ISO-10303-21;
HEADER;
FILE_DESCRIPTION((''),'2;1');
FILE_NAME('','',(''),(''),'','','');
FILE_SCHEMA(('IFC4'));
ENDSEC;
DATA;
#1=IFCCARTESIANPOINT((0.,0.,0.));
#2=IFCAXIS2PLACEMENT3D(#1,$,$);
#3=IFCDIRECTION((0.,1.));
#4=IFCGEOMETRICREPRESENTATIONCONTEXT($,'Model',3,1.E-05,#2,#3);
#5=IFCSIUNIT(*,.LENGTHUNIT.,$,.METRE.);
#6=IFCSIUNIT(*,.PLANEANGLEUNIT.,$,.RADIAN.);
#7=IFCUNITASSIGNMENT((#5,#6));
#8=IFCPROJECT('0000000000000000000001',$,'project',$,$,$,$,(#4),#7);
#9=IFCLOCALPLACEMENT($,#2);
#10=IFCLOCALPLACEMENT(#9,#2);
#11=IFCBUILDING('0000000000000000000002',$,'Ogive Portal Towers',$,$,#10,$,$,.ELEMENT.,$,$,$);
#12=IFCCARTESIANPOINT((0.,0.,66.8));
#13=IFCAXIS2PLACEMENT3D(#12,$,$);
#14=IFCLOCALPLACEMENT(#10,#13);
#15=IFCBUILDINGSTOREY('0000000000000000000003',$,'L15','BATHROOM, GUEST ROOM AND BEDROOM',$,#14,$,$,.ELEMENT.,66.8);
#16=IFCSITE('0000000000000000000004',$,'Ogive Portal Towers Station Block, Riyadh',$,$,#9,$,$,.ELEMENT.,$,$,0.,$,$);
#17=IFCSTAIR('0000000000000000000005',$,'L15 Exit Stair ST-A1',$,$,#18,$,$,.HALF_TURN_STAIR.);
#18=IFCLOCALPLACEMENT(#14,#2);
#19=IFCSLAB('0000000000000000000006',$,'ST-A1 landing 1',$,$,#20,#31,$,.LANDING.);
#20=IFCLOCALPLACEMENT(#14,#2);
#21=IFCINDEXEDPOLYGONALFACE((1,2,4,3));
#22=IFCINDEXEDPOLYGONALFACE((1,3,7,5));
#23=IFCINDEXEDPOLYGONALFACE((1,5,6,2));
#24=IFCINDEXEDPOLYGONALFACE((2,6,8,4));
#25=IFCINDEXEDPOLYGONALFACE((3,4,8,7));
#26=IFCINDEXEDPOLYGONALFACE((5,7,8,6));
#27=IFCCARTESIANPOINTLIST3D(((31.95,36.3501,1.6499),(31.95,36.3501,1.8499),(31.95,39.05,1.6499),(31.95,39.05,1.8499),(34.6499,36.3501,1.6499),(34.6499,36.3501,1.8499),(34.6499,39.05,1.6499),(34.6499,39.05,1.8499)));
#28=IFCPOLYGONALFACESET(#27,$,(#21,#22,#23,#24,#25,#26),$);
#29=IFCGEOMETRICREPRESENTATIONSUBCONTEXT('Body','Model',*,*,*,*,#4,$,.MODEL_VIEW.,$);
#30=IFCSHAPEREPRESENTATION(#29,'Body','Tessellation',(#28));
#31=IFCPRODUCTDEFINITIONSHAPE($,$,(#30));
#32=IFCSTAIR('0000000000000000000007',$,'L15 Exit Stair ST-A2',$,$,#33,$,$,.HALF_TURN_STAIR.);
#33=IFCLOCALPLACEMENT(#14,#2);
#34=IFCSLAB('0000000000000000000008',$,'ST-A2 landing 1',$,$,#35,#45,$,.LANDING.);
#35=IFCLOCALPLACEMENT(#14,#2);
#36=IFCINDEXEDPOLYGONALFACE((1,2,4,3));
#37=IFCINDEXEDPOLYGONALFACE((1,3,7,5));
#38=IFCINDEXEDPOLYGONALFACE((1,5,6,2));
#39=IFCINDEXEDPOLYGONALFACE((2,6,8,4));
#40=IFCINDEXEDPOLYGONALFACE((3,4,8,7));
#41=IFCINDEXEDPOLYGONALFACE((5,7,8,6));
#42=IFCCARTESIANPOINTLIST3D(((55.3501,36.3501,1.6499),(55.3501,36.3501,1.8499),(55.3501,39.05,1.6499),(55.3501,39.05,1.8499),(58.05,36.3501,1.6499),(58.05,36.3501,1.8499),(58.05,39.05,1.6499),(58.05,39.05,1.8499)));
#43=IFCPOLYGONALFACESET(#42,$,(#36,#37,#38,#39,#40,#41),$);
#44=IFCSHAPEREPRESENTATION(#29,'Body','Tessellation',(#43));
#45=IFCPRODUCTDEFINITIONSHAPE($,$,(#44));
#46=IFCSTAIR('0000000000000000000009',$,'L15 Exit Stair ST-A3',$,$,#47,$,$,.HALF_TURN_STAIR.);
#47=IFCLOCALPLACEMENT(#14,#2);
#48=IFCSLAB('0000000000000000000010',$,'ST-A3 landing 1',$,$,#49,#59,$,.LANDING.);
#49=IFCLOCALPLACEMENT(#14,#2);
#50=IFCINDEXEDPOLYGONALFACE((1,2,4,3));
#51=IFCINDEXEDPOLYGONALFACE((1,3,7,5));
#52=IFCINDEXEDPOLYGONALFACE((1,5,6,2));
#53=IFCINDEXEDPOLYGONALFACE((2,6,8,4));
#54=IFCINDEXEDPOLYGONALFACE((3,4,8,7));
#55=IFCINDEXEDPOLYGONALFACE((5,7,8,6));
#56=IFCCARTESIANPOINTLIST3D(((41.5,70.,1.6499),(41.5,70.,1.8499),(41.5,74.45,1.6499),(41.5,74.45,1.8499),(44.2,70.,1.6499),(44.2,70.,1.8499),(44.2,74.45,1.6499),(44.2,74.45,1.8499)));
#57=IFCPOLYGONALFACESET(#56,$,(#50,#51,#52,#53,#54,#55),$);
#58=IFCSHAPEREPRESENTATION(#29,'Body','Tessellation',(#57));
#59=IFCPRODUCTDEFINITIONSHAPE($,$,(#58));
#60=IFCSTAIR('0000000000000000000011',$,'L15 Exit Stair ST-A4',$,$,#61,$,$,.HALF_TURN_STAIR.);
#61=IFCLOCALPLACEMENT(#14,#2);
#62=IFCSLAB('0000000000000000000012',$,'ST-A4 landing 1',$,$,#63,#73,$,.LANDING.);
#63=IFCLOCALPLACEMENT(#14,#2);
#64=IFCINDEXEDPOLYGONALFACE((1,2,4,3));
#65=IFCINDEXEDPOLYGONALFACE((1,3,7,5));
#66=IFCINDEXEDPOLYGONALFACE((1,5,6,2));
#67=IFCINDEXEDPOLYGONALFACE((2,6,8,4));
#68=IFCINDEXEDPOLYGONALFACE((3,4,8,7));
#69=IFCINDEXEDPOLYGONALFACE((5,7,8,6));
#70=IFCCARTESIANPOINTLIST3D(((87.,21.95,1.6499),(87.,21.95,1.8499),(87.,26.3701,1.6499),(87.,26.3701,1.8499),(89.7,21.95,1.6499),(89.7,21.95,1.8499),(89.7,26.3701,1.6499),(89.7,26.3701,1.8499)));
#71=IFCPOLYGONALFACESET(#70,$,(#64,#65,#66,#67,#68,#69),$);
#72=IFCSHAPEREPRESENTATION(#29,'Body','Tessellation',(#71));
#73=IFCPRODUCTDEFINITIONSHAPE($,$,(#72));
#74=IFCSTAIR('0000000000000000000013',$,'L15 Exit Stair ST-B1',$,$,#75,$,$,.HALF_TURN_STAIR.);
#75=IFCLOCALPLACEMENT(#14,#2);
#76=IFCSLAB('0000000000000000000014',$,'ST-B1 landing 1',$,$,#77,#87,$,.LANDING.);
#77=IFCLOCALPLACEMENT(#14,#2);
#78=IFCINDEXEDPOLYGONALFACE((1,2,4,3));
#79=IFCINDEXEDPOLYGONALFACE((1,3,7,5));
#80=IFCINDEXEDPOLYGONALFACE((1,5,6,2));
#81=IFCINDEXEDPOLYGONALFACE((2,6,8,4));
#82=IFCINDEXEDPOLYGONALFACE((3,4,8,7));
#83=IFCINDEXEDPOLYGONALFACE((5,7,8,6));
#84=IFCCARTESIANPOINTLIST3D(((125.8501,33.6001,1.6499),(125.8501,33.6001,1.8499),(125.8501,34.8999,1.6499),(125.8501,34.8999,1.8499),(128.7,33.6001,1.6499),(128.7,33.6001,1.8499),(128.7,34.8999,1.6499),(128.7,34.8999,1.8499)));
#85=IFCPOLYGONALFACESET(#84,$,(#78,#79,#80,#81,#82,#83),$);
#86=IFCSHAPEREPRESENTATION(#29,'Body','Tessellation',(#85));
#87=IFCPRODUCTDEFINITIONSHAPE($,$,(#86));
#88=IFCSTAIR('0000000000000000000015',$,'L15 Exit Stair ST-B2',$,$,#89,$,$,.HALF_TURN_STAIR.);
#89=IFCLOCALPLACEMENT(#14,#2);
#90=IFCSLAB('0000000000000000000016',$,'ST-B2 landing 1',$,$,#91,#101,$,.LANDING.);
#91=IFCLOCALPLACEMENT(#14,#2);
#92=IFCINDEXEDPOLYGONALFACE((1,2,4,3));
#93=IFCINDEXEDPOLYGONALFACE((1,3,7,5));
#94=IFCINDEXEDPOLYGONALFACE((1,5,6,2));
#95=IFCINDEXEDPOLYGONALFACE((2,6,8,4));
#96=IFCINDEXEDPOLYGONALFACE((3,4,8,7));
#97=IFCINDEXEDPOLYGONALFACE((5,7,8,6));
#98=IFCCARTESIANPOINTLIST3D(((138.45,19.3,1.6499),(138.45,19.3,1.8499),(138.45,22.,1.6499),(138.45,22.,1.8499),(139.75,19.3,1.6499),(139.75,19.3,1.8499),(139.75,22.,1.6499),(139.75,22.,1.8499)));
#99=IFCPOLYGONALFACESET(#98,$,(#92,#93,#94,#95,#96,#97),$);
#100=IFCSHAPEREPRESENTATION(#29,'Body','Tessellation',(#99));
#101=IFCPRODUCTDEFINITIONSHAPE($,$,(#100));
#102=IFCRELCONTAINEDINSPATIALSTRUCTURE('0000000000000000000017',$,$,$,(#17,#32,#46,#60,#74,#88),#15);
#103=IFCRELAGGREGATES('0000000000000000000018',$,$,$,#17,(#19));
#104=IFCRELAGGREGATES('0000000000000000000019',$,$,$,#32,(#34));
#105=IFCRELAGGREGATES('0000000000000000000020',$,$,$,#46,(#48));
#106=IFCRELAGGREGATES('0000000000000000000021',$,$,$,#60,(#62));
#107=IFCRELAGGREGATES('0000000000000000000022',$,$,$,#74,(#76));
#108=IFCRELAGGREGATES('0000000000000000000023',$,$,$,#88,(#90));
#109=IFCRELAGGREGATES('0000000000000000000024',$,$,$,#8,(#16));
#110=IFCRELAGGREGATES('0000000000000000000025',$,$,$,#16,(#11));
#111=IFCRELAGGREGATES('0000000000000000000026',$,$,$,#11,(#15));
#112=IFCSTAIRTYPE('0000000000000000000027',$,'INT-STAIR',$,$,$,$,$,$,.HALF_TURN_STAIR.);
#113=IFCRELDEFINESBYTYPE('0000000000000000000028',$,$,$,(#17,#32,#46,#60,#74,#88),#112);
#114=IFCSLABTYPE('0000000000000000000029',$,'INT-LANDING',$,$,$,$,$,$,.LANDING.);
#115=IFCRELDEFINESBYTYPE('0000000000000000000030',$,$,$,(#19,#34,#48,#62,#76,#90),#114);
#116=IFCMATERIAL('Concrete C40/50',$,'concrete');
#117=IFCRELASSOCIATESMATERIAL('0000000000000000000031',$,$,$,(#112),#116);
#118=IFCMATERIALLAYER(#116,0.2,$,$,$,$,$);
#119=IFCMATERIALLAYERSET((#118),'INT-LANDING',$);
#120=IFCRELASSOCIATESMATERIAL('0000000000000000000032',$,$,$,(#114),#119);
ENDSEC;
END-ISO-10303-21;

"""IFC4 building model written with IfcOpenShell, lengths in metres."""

from ifc_helpers import new_model, si_unit, direction, frame, origin, place, context, subcontext, project, spatial, polyline, outline, extrude, material, layer, layer_set, type_object, element, aggregate, save


model = new_model("IFC4")

# Units and contexts
model_context = context("Model", 3, precision=1e-05, world=origin(), true_north=direction((0.0, 1.0)))
body_context = subcontext(model_context, "Body", "Model", "MODEL_VIEW")
ifc_project = project(units=[si_unit("LENGTHUNIT", "METRE"), si_unit("PLANEANGLEUNIT", "RADIAN")], contexts=[model_context])

# Site, building, storey
site_placement = place(None, origin())
site = spatial("IfcSite", under=ifc_project, at=site_placement, Name="Ogive Portal Towers Station Block, Riyadh", CompositionType="ELEMENT", RefElevation=0.0)
building_placement = place(site_placement, origin())
building = spatial("IfcBuilding", under=site, at=building_placement, Name="Ogive Portal Towers", CompositionType="ELEMENT")
storey_placement = place(building_placement, frame((0.0, 0.0, 66.8)))
storey = spatial("IfcBuildingStorey", under=building, at=storey_placement, Name="L15", Description="BATHROOM, GUEST ROOM AND BEDROOM", CompositionType="ELEMENT", Elevation=66.8)

# Stairs, slabs
ifc_material_1 = material(Name="Concrete C40/50", Category="concrete")
stair_type = type_object("IfcStairType", Name="INT-STAIR", PredefinedType="HALF_TURN_STAIR", material=ifc_material_1)
stair_1_placement = place(storey_placement, origin())
stair_1 = element("IfcStair", 1, at=stair_1_placement, inside=storey, type_object=stair_type, Name="L15 Exit Stair ST-A1", PredefinedType="HALF_TURN_STAIR")
ifc_layer_1 = layer(ifc_material_1, 0.2)
ifc_layer_set_1 = layer_set([ifc_layer_1], Name="INT-LANDING")
slab_type_1 = type_object("IfcSlabType", Name="INT-LANDING", PredefinedType="LANDING", material=ifc_layer_set_1)
slab_1_placement = place(storey_placement, frame((0.0, 0.0, 1.6499)))
slab_1 = element("IfcSlab", 2, at=slab_1_placement, type_object=slab_type_1, Name="ST-A1 landing 1", PredefinedType="LANDING", context=body_context, shape_type="SweptSolid", body=[
    extrude(outline(polyline([(34.6499, 39.05), (31.95, 39.05), (31.95, 36.3501), (34.6499, 36.3501), (34.6499, 39.05)])), origin(), (0.0, 0.0, 1.0), 0.2),
])
aggregate(stair_1, [slab_1])
stair_2_placement = place(storey_placement, origin())
stair_2 = element("IfcStair", 3, at=stair_2_placement, inside=storey, type_object=stair_type, Name="L15 Exit Stair ST-A2", PredefinedType="HALF_TURN_STAIR")
slab_2_placement = place(storey_placement, frame((0.0, 0.0, 1.6499)))
slab_2 = element("IfcSlab", 4, at=slab_2_placement, type_object=slab_type_1, Name="ST-A2 landing 1", PredefinedType="LANDING", context=body_context, shape_type="SweptSolid", body=[
    extrude(outline(polyline([(55.3501, 36.3501), (58.05, 36.3501), (58.05, 39.05), (55.3501, 39.05), (55.3501, 36.3501)])), origin(), (0.0, 0.0, 1.0), 0.2),
])
aggregate(stair_2, [slab_2])
stair_3_placement = place(storey_placement, origin())
stair_3 = element("IfcStair", 5, at=stair_3_placement, inside=storey, type_object=stair_type, Name="L15 Exit Stair ST-A3", PredefinedType="HALF_TURN_STAIR")
slab_3_placement = place(storey_placement, frame((0.0, 0.0, 1.6499)))
slab_3 = element("IfcSlab", 6, at=slab_3_placement, type_object=slab_type_1, Name="ST-A3 landing 1", PredefinedType="LANDING", context=body_context, shape_type="SweptSolid", body=[
    extrude(outline(polyline([(44.2, 70.0), (44.2, 74.45), (41.5, 74.45), (41.5, 70.0), (44.2, 70.0)])), origin(), (0.0, 0.0, 1.0), 0.2),
])
aggregate(stair_3, [slab_3])
stair_4_placement = place(storey_placement, origin())
stair_4 = element("IfcStair", 7, at=stair_4_placement, inside=storey, type_object=stair_type, Name="L15 Exit Stair ST-A4", PredefinedType="HALF_TURN_STAIR")
slab_4_placement = place(storey_placement, frame((0.0, 0.0, 1.6499)))
slab_4 = element("IfcSlab", 8, at=slab_4_placement, type_object=slab_type_1, Name="ST-A4 landing 1", PredefinedType="LANDING", context=body_context, shape_type="SweptSolid", body=[
    extrude(outline(polyline([(87.0, 26.3701), (87.0, 21.95), (89.7, 21.95), (89.7, 26.3701), (87.0, 26.3701)])), origin(), (0.0, 0.0, 1.0), 0.2),
])
aggregate(stair_4, [slab_4])
stair_5_placement = place(storey_placement, origin())
stair_5 = element("IfcStair", 9, at=stair_5_placement, inside=storey, type_object=stair_type, Name="L15 Exit Stair ST-B1", PredefinedType="HALF_TURN_STAIR")
slab_5_placement = place(storey_placement, frame((0.0, 0.0, 1.6499)))
slab_5 = element("IfcSlab", 10, at=slab_5_placement, type_object=slab_type_1, Name="ST-B1 landing 1", PredefinedType="LANDING", context=body_context, shape_type="SweptSolid", body=[
    extrude(outline(polyline([(128.7, 33.6001), (128.7, 34.8999), (125.8501, 34.8999), (125.8501, 33.6001), (128.7, 33.6001)])), origin(), (0.0, 0.0, 1.0), 0.2),
])
aggregate(stair_5, [slab_5])
stair_6_placement = place(storey_placement, origin())
stair_6 = element("IfcStair", 11, at=stair_6_placement, inside=storey, type_object=stair_type, Name="L15 Exit Stair ST-B2", PredefinedType="HALF_TURN_STAIR")
slab_6_placement = place(storey_placement, frame((0.0, 0.0, 1.6499)))
slab_6 = element("IfcSlab", 12, at=slab_6_placement, type_object=slab_type_1, Name="ST-B2 landing 1", PredefinedType="LANDING", context=body_context, shape_type="SweptSolid", body=[
    extrude(outline(polyline([(139.75, 22.0), (138.45, 22.0), (138.45, 19.3), (139.75, 19.3), (139.75, 22.0)])), origin(), (0.0, 0.0, 1.0), 0.2),
])
aggregate(stair_6, [slab_6])

save(model, "model.ifc")
